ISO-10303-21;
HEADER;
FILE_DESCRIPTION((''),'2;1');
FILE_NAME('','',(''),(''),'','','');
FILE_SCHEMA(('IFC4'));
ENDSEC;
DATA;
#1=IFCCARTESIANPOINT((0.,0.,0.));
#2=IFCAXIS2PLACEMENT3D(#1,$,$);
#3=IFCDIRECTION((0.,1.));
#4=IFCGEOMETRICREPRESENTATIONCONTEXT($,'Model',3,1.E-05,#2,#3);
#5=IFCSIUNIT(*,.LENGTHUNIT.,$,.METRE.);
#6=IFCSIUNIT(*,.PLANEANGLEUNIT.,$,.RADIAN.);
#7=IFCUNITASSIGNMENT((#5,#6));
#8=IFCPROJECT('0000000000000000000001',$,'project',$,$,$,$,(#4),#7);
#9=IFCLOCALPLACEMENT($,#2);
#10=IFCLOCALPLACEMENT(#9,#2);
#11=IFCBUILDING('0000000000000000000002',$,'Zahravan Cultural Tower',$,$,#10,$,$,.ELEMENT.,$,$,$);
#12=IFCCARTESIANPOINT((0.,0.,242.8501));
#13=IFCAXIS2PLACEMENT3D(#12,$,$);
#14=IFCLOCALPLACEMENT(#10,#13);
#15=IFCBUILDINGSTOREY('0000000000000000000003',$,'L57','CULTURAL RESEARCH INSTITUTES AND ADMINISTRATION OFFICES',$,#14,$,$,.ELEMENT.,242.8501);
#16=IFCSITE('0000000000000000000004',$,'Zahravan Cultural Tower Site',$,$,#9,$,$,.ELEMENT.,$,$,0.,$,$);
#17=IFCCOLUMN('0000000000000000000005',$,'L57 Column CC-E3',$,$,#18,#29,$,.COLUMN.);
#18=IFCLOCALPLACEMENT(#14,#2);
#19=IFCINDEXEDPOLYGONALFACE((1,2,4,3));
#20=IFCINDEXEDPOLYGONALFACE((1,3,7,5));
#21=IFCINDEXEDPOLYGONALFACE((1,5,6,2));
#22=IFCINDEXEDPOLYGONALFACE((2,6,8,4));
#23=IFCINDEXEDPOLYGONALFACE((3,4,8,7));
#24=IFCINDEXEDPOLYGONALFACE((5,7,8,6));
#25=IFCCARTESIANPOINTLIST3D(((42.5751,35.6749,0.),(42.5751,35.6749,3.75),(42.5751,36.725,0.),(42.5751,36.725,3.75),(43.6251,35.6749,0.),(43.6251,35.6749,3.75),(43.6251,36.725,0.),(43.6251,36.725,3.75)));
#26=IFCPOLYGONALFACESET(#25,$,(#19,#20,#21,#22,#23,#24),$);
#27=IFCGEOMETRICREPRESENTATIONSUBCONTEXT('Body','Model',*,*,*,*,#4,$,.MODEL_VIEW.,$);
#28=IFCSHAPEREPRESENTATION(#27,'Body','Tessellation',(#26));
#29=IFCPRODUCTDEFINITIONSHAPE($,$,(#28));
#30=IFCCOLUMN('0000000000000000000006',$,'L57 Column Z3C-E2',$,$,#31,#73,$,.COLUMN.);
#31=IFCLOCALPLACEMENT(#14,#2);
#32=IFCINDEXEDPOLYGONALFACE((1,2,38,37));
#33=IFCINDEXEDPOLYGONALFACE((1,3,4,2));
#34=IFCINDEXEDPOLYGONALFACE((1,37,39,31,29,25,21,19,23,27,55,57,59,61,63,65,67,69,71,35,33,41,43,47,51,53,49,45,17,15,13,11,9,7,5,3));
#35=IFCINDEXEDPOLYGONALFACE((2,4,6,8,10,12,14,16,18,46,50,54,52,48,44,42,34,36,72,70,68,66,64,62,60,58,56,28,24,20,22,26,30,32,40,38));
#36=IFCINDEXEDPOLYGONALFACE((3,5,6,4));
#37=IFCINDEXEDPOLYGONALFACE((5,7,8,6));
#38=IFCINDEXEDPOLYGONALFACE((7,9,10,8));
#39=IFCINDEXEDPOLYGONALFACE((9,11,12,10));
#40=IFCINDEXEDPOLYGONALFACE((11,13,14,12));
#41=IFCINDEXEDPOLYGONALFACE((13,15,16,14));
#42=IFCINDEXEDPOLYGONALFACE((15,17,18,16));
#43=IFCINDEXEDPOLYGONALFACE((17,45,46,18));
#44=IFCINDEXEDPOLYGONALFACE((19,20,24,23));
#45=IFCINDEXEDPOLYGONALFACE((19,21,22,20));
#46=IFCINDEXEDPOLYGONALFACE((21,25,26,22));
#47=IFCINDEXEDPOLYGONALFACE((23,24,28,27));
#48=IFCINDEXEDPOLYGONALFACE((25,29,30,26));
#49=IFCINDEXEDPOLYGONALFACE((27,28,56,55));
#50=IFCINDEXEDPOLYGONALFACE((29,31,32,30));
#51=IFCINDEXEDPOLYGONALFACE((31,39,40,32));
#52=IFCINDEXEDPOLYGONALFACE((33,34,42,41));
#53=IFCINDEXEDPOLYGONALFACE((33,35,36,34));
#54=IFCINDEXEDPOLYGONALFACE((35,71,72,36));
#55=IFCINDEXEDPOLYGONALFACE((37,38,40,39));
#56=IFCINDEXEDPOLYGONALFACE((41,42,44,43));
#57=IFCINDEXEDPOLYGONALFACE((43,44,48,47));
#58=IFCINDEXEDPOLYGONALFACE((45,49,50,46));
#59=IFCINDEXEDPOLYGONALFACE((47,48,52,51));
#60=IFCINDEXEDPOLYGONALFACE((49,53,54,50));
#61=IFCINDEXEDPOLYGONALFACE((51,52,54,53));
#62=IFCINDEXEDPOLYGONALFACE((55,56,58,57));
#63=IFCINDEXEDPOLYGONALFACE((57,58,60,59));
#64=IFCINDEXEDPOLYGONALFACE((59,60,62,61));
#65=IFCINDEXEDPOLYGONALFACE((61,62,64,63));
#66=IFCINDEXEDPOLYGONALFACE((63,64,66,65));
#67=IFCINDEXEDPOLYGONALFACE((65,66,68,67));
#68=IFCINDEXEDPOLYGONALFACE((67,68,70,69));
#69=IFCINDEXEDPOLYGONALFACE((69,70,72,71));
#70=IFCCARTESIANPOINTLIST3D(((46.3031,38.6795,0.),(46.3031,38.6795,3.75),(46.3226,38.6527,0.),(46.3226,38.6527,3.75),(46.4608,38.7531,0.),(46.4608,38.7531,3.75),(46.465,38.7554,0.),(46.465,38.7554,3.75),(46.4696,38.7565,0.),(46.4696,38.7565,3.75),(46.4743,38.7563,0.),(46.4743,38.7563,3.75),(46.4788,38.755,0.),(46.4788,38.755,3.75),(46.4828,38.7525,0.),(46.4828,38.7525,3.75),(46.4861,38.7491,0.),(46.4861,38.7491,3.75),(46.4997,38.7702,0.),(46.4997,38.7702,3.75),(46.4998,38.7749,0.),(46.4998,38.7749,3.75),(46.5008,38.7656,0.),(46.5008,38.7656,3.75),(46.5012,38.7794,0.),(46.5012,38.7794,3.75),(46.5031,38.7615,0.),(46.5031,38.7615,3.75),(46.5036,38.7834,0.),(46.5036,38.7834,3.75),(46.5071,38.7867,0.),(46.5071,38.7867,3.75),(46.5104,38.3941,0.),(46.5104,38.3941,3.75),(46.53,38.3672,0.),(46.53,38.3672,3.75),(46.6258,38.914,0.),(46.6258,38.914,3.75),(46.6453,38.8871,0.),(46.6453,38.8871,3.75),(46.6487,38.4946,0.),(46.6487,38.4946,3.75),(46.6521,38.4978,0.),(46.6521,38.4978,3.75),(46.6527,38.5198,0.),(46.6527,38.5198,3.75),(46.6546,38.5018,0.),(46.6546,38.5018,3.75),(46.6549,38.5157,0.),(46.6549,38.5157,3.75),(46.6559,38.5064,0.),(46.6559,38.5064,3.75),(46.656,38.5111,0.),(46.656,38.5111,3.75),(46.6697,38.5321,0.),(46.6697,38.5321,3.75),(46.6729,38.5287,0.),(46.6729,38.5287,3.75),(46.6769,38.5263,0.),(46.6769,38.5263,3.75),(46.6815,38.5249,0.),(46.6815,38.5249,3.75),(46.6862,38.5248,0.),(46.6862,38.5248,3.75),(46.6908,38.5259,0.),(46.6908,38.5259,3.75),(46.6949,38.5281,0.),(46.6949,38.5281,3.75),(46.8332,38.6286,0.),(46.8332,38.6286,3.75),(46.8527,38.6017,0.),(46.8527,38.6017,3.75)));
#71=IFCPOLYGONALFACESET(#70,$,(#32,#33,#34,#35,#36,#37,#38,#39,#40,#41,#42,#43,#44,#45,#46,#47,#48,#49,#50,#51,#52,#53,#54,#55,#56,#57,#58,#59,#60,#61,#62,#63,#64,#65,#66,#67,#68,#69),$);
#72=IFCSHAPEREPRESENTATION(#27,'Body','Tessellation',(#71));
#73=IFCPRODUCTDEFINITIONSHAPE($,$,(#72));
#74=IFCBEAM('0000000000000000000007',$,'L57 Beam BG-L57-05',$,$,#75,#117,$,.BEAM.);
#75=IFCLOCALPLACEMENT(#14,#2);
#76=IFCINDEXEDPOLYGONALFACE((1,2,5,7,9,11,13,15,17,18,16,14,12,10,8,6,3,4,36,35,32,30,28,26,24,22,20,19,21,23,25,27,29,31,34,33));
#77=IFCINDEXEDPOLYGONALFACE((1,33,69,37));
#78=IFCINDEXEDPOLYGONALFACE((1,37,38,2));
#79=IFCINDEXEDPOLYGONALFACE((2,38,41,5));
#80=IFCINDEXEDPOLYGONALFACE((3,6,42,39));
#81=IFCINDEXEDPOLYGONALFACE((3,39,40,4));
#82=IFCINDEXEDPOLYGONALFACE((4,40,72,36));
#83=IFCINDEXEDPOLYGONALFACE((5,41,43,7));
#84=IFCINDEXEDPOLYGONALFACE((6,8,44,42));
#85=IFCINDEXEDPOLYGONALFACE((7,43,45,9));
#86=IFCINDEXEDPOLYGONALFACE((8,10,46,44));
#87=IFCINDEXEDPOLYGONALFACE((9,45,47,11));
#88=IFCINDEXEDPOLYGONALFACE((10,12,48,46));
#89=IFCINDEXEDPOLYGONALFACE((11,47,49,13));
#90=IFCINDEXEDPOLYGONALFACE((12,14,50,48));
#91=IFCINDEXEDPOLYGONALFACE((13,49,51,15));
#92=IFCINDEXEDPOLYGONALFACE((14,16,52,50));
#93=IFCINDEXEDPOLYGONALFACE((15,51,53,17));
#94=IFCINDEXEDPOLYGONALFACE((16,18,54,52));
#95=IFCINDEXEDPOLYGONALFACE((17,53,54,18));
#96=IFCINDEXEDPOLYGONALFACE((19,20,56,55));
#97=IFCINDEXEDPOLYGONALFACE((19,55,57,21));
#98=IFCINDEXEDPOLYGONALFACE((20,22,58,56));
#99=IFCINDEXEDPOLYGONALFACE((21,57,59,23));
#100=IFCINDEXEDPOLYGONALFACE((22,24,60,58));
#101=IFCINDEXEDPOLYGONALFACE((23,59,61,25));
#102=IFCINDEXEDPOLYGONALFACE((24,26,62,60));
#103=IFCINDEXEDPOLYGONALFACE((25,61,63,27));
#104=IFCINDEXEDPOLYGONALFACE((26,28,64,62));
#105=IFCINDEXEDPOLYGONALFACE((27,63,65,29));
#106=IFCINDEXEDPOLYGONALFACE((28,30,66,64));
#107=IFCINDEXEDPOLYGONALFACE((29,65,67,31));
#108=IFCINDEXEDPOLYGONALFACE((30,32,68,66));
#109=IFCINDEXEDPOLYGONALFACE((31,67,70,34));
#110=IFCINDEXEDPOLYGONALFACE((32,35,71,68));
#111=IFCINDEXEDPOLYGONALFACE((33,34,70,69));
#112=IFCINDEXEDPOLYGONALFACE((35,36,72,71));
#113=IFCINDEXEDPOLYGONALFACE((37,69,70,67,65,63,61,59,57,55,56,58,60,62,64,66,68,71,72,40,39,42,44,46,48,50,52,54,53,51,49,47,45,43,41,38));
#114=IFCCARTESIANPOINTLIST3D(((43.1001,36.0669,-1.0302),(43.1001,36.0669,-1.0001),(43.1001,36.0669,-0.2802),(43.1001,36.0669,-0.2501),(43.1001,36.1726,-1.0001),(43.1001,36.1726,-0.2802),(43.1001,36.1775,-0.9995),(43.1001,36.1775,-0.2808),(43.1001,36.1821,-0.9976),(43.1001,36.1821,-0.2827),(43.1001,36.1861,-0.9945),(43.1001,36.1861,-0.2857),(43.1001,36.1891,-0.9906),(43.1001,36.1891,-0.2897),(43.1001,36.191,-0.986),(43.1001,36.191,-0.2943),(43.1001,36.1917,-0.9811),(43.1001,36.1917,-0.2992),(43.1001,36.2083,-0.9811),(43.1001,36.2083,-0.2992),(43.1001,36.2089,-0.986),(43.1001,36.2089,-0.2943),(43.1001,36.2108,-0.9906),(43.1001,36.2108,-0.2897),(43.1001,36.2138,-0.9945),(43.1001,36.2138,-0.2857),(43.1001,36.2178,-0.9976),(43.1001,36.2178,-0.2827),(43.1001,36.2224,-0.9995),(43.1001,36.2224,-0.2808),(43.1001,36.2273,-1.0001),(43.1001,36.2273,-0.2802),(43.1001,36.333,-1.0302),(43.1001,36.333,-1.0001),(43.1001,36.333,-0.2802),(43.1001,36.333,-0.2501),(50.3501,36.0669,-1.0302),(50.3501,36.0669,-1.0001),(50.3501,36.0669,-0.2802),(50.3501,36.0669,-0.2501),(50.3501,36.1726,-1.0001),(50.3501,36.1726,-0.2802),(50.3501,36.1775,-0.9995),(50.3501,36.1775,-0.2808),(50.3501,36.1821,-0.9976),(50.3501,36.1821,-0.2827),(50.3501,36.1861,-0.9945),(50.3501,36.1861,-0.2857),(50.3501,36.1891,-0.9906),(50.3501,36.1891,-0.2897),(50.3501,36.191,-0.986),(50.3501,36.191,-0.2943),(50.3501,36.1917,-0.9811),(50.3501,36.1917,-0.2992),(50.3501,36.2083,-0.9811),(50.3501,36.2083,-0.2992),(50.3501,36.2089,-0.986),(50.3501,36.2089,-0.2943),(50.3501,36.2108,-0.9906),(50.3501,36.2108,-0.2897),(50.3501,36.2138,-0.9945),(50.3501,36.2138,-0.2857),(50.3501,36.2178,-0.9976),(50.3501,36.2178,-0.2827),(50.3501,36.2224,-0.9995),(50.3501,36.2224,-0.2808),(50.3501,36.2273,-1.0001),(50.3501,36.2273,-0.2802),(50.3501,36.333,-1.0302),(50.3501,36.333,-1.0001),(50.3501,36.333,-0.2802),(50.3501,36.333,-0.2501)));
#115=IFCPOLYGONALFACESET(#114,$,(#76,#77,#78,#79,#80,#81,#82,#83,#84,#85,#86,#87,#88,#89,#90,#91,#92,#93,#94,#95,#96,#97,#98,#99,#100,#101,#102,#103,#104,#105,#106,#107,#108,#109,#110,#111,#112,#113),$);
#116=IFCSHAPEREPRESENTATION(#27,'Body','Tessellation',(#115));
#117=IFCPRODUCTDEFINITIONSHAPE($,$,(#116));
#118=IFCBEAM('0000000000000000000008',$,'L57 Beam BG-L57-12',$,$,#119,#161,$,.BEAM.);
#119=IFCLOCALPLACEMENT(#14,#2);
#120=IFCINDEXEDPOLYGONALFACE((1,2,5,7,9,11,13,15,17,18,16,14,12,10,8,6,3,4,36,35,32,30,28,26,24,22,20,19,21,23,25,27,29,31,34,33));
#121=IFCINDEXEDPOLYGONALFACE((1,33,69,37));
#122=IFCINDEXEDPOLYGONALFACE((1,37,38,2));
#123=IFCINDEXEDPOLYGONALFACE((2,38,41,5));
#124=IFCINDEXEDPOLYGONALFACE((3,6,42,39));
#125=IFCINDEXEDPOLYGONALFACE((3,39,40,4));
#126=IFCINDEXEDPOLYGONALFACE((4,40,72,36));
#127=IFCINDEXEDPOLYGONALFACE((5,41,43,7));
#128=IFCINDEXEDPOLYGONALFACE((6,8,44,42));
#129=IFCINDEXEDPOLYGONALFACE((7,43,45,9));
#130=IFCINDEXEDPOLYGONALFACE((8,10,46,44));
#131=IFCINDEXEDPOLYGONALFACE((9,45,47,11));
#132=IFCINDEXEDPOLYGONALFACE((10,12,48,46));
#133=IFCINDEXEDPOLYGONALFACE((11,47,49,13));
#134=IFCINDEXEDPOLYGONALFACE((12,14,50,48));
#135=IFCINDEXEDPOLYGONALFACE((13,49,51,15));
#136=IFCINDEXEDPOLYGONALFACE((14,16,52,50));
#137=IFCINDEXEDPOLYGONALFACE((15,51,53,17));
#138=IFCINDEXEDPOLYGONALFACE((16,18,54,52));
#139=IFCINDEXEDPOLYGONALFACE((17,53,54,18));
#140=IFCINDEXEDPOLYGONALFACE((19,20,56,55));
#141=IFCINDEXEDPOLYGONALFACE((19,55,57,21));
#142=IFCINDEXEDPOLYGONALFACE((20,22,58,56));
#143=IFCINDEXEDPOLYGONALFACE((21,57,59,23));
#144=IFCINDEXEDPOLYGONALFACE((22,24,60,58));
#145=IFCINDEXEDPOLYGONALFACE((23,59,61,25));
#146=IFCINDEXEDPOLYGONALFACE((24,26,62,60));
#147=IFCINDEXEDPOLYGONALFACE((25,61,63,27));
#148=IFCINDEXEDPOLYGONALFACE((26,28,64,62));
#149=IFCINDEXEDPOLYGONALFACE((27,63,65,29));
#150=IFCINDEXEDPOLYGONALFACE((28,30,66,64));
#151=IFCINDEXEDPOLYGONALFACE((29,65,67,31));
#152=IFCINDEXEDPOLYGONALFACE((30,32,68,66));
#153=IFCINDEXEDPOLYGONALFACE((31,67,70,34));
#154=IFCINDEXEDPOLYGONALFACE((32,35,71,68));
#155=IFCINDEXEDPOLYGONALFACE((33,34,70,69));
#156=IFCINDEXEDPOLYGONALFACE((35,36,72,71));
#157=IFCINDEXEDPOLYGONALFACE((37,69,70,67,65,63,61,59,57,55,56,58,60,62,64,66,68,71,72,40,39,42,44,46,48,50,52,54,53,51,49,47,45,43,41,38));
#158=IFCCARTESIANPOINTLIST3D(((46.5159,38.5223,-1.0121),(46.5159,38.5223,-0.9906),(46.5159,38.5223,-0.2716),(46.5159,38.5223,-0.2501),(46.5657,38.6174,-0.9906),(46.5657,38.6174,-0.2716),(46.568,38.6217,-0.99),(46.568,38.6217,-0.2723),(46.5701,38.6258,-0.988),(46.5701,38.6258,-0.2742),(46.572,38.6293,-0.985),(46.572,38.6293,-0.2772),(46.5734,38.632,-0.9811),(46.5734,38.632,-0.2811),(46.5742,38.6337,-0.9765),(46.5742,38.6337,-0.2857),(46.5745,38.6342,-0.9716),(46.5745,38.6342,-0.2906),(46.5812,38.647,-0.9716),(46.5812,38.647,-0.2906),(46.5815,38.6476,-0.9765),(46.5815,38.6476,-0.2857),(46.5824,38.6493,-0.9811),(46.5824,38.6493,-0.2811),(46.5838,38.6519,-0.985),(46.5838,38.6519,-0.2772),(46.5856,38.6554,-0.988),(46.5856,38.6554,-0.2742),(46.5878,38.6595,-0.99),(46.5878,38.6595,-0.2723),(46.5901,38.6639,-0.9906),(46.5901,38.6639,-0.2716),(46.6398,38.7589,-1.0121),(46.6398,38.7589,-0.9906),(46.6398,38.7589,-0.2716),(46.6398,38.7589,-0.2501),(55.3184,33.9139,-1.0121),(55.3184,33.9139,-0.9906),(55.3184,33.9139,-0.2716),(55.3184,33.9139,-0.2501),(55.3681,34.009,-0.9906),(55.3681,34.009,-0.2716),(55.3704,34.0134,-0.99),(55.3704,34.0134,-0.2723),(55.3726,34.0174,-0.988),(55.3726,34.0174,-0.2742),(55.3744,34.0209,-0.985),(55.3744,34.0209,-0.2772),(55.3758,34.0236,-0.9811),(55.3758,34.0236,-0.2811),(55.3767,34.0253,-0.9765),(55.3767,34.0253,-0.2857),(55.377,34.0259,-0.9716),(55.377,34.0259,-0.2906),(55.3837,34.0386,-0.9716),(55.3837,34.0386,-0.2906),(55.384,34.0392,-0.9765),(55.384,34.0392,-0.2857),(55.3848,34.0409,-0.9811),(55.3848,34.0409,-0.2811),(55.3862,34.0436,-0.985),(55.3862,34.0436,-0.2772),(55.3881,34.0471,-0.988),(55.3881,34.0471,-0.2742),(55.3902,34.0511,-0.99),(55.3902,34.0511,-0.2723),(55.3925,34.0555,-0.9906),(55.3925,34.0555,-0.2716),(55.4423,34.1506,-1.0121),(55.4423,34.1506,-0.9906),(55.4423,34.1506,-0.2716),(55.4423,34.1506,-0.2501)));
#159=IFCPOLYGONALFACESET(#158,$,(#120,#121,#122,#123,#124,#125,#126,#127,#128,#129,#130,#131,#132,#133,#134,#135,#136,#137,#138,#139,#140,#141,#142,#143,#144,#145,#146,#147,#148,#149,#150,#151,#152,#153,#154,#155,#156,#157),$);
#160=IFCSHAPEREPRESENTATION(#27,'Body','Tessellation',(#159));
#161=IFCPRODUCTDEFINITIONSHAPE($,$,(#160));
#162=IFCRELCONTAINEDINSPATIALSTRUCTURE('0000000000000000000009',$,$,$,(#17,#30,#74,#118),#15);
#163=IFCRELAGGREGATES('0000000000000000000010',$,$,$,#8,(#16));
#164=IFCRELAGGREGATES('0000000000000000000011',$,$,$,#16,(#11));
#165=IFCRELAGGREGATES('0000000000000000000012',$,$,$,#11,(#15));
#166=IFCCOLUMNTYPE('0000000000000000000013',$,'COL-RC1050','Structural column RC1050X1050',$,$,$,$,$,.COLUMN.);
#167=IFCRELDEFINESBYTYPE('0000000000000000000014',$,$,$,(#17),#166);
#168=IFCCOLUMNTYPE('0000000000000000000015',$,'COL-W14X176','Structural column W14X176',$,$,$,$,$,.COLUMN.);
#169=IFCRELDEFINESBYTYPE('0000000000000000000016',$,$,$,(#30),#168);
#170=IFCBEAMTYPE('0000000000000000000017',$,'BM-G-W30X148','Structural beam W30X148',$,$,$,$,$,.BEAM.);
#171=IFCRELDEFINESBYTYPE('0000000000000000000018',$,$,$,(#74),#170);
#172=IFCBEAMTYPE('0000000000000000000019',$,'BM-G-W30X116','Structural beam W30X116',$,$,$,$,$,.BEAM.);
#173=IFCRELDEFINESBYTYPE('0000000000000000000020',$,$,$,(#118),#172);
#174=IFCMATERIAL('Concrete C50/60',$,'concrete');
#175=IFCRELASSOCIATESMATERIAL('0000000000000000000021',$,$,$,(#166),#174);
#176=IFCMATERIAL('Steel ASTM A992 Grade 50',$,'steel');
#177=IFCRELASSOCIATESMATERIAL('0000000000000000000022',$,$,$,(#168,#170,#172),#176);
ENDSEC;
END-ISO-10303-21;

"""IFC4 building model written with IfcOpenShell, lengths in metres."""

from ifc_helpers import new_model, si_unit, direction, frame, origin, origin_2d, place, context, subcontext, project, spatial, rectangle, i_section, extrude, source, transform, mapped, material, material_profile, profile_set, type_object, element, save


model = new_model("IFC4")

# Units and contexts
model_context = context("Model", 3, precision=1e-05, world=origin(), true_north=direction((0.0, 1.0)))
body_context = subcontext(model_context, "Body", "Model", "MODEL_VIEW")
ifc_project = project(units=[si_unit("LENGTHUNIT", "METRE"), si_unit("PLANEANGLEUNIT", "RADIAN")], contexts=[model_context])

# Site, building, storey
site_placement = place(None, origin())
site = spatial("IfcSite", under=ifc_project, at=site_placement, Name="Zahravan Cultural Tower Site", CompositionType="ELEMENT", RefElevation=0.0)
building_placement = place(site_placement, origin())
building = spatial("IfcBuilding", under=site, at=building_placement, Name="Zahravan Cultural Tower", CompositionType="ELEMENT")
storey_placement = place(building_placement, frame((0.0, 0.0, 242.8501)))
storey = spatial("IfcBuildingStorey", under=building, at=storey_placement, Name="L57", Description="CULTURAL RESEARCH INSTITUTES AND ADMINISTRATION OFFICES", CompositionType="ELEMENT", Elevation=242.8501)

# Columns
ifc_material_1 = material(Name="Concrete C50/60", Category="concrete")
ifc_material_profile_1 = material_profile(ifc_material_1, rectangle(XDim=1.05, YDim=1.05, at=origin_2d()), Name="RC1050X1050")
ifc_profile_set_1 = profile_set([ifc_material_profile_1], Name="Concrete C50/60")
column_type_1 = type_object("IfcColumnType", Name="COL-RC1050", Description="Structural column RC1050X1050", PredefinedType="COLUMN", material=ifc_profile_set_1)
shared_shape_1 = source(origin(), body_context, "Body", "SweptSolid", [
    extrude(rectangle(XDim=1.05, YDim=1.05, at=origin_2d()), origin(), (0.0, 0.0, 1.0), 3.75),
])
column_1_placement = place(storey_placement, frame((43.1001, 36.2, 0.0), z_axis=(0.0, 0.0, 1.0), x_axis=(1.0, 0.0, 0.0)))
element("IfcColumn", 1, at=column_1_placement, inside=storey, type_object=column_type_1, Name="L57 Column CC-E3", PredefinedType="COLUMN", context=body_context, shape_type="MappedRepresentation", body=[
    mapped(shared_shape_1, transform((0.0, 0.0, 0.0), x_axis=(1.0, 0.0, 0.0), y_axis=(0.0, 1.0, 0.0), z_axis=(0.0, 0.0, 1.0), scale=1.0)),
])
ifc_material_2 = material(Name="Steel ASTM A992 Grade 50", Category="steel")
ifc_material_profile_2 = material_profile(ifc_material_2, i_section(OverallWidth=0.3989, OverallDepth=0.386, WebThickness=0.021, FlangeThickness=0.0332, FilletRadius=0.0181, at=origin_2d()), Name="W14X176")
ifc_profile_set_2 = profile_set([ifc_material_profile_2], Name="Steel ASTM A992 Grade 50")
column_type_2 = type_object("IfcColumnType", Name="COL-W14X176", Description="Structural column W14X176", PredefinedType="COLUMN", material=ifc_profile_set_2)
shared_shape_2 = source(origin(), body_context, "Body", "SweptSolid", [
    extrude(i_section(OverallWidth=0.3989, OverallDepth=0.386, WebThickness=0.021, FlangeThickness=0.0332, FilletRadius=0.0181, at=origin_2d()), origin(), (0.0, 0.0, 1.0), 3.75),
])
column_2_placement = place(storey_placement, frame((46.5779, 38.6406, 0.0), z_axis=(0.0, 0.0, 1.0), x_axis=(0.809017, 0.587785, 0.0)))
element("IfcColumn", 2, at=column_2_placement, inside=storey, type_object=column_type_2, Name="L57 Column Z3C-E2", PredefinedType="COLUMN", context=body_context, shape_type="MappedRepresentation", body=[
    mapped(shared_shape_2, transform((0.0, 0.0, 0.0), x_axis=(1.0, 0.0, 0.0), y_axis=(0.0, 1.0, 0.0), z_axis=(0.0, 0.0, 1.0), scale=1.0)),
])

# Beams
ifc_material_profile_3 = material_profile(ifc_material_2, i_section(OverallWidth=0.2661, OverallDepth=0.78, WebThickness=0.0166, FlangeThickness=0.03, FilletRadius=0.019, at=origin_2d()), Name="W30X148")
ifc_profile_set_3 = profile_set([ifc_material_profile_3], Name="Steel ASTM A992 Grade 50")
beam_type_1 = type_object("IfcBeamType", Name="BM-G-W30X148", Description="Structural beam W30X148", PredefinedType="BEAM", material=ifc_profile_set_3)
shared_shape_3 = source(origin(), body_context, "Body", "SweptSolid", [
    extrude(i_section(OverallWidth=0.2661, OverallDepth=0.78, WebThickness=0.0166, FlangeThickness=0.03, FilletRadius=0.019, at=origin_2d()), origin(), (0.0, 0.0, 1.0), 7.25),
])
beam_1_placement = place(storey_placement, frame((43.1001, 36.2, -0.6401), z_axis=(1.0, 0.0, 0.0), x_axis=(0.0, 1.0, 0.0)))
element("IfcBeam", 3, at=beam_1_placement, inside=storey, type_object=beam_type_1, Name="L57 Beam BG-L57-05", PredefinedType="BEAM", context=body_context, shape_type="MappedRepresentation", body=[
    mapped(shared_shape_3, transform((0.0, 0.0, 0.0), x_axis=(1.0, 0.0, 0.0), y_axis=(0.0, 1.0, 0.0), z_axis=(0.0, 0.0, 1.0), scale=1.0)),
])
ifc_material_profile_4 = material_profile(ifc_material_2, i_section(OverallWidth=0.2671, OverallDepth=0.762, WebThickness=0.0144, FlangeThickness=0.0215, FilletRadius=0.019, at=origin_2d()), Name="W30X116")
ifc_profile_set_4 = profile_set([ifc_material_profile_4], Name="Steel ASTM A992 Grade 50")
beam_type_2 = type_object("IfcBeamType", Name="BM-G-W30X116", Description="Structural beam W30X116", PredefinedType="BEAM", material=ifc_profile_set_4)
shared_shape_4 = source(origin(), body_context, "Body", "SweptSolid", [
    extrude(i_section(OverallWidth=0.2671, OverallDepth=0.762, WebThickness=0.0144, FlangeThickness=0.0215, FilletRadius=0.019, at=origin_2d()), origin(), (0.0, 0.0, 1.0), 9.9358),
])
beam_2_placement = place(storey_placement, frame((46.5779, 38.6406, -0.6311), z_axis=(0.885932, -0.463815, 0.0), x_axis=(0.463815, 0.885932, 0.0)))
element("IfcBeam", 4, at=beam_2_placement, inside=storey, type_object=beam_type_2, Name="L57 Beam BG-L57-12", PredefinedType="BEAM", context=body_context, shape_type="MappedRepresentation", body=[
    mapped(shared_shape_4, transform((0.0, 0.0, 0.0), x_axis=(1.0, 0.0, 0.0), y_axis=(0.0, 1.0, 0.0), z_axis=(0.0, 0.0, 1.0), scale=1.0)),
])

save(model, "model.ifc")
